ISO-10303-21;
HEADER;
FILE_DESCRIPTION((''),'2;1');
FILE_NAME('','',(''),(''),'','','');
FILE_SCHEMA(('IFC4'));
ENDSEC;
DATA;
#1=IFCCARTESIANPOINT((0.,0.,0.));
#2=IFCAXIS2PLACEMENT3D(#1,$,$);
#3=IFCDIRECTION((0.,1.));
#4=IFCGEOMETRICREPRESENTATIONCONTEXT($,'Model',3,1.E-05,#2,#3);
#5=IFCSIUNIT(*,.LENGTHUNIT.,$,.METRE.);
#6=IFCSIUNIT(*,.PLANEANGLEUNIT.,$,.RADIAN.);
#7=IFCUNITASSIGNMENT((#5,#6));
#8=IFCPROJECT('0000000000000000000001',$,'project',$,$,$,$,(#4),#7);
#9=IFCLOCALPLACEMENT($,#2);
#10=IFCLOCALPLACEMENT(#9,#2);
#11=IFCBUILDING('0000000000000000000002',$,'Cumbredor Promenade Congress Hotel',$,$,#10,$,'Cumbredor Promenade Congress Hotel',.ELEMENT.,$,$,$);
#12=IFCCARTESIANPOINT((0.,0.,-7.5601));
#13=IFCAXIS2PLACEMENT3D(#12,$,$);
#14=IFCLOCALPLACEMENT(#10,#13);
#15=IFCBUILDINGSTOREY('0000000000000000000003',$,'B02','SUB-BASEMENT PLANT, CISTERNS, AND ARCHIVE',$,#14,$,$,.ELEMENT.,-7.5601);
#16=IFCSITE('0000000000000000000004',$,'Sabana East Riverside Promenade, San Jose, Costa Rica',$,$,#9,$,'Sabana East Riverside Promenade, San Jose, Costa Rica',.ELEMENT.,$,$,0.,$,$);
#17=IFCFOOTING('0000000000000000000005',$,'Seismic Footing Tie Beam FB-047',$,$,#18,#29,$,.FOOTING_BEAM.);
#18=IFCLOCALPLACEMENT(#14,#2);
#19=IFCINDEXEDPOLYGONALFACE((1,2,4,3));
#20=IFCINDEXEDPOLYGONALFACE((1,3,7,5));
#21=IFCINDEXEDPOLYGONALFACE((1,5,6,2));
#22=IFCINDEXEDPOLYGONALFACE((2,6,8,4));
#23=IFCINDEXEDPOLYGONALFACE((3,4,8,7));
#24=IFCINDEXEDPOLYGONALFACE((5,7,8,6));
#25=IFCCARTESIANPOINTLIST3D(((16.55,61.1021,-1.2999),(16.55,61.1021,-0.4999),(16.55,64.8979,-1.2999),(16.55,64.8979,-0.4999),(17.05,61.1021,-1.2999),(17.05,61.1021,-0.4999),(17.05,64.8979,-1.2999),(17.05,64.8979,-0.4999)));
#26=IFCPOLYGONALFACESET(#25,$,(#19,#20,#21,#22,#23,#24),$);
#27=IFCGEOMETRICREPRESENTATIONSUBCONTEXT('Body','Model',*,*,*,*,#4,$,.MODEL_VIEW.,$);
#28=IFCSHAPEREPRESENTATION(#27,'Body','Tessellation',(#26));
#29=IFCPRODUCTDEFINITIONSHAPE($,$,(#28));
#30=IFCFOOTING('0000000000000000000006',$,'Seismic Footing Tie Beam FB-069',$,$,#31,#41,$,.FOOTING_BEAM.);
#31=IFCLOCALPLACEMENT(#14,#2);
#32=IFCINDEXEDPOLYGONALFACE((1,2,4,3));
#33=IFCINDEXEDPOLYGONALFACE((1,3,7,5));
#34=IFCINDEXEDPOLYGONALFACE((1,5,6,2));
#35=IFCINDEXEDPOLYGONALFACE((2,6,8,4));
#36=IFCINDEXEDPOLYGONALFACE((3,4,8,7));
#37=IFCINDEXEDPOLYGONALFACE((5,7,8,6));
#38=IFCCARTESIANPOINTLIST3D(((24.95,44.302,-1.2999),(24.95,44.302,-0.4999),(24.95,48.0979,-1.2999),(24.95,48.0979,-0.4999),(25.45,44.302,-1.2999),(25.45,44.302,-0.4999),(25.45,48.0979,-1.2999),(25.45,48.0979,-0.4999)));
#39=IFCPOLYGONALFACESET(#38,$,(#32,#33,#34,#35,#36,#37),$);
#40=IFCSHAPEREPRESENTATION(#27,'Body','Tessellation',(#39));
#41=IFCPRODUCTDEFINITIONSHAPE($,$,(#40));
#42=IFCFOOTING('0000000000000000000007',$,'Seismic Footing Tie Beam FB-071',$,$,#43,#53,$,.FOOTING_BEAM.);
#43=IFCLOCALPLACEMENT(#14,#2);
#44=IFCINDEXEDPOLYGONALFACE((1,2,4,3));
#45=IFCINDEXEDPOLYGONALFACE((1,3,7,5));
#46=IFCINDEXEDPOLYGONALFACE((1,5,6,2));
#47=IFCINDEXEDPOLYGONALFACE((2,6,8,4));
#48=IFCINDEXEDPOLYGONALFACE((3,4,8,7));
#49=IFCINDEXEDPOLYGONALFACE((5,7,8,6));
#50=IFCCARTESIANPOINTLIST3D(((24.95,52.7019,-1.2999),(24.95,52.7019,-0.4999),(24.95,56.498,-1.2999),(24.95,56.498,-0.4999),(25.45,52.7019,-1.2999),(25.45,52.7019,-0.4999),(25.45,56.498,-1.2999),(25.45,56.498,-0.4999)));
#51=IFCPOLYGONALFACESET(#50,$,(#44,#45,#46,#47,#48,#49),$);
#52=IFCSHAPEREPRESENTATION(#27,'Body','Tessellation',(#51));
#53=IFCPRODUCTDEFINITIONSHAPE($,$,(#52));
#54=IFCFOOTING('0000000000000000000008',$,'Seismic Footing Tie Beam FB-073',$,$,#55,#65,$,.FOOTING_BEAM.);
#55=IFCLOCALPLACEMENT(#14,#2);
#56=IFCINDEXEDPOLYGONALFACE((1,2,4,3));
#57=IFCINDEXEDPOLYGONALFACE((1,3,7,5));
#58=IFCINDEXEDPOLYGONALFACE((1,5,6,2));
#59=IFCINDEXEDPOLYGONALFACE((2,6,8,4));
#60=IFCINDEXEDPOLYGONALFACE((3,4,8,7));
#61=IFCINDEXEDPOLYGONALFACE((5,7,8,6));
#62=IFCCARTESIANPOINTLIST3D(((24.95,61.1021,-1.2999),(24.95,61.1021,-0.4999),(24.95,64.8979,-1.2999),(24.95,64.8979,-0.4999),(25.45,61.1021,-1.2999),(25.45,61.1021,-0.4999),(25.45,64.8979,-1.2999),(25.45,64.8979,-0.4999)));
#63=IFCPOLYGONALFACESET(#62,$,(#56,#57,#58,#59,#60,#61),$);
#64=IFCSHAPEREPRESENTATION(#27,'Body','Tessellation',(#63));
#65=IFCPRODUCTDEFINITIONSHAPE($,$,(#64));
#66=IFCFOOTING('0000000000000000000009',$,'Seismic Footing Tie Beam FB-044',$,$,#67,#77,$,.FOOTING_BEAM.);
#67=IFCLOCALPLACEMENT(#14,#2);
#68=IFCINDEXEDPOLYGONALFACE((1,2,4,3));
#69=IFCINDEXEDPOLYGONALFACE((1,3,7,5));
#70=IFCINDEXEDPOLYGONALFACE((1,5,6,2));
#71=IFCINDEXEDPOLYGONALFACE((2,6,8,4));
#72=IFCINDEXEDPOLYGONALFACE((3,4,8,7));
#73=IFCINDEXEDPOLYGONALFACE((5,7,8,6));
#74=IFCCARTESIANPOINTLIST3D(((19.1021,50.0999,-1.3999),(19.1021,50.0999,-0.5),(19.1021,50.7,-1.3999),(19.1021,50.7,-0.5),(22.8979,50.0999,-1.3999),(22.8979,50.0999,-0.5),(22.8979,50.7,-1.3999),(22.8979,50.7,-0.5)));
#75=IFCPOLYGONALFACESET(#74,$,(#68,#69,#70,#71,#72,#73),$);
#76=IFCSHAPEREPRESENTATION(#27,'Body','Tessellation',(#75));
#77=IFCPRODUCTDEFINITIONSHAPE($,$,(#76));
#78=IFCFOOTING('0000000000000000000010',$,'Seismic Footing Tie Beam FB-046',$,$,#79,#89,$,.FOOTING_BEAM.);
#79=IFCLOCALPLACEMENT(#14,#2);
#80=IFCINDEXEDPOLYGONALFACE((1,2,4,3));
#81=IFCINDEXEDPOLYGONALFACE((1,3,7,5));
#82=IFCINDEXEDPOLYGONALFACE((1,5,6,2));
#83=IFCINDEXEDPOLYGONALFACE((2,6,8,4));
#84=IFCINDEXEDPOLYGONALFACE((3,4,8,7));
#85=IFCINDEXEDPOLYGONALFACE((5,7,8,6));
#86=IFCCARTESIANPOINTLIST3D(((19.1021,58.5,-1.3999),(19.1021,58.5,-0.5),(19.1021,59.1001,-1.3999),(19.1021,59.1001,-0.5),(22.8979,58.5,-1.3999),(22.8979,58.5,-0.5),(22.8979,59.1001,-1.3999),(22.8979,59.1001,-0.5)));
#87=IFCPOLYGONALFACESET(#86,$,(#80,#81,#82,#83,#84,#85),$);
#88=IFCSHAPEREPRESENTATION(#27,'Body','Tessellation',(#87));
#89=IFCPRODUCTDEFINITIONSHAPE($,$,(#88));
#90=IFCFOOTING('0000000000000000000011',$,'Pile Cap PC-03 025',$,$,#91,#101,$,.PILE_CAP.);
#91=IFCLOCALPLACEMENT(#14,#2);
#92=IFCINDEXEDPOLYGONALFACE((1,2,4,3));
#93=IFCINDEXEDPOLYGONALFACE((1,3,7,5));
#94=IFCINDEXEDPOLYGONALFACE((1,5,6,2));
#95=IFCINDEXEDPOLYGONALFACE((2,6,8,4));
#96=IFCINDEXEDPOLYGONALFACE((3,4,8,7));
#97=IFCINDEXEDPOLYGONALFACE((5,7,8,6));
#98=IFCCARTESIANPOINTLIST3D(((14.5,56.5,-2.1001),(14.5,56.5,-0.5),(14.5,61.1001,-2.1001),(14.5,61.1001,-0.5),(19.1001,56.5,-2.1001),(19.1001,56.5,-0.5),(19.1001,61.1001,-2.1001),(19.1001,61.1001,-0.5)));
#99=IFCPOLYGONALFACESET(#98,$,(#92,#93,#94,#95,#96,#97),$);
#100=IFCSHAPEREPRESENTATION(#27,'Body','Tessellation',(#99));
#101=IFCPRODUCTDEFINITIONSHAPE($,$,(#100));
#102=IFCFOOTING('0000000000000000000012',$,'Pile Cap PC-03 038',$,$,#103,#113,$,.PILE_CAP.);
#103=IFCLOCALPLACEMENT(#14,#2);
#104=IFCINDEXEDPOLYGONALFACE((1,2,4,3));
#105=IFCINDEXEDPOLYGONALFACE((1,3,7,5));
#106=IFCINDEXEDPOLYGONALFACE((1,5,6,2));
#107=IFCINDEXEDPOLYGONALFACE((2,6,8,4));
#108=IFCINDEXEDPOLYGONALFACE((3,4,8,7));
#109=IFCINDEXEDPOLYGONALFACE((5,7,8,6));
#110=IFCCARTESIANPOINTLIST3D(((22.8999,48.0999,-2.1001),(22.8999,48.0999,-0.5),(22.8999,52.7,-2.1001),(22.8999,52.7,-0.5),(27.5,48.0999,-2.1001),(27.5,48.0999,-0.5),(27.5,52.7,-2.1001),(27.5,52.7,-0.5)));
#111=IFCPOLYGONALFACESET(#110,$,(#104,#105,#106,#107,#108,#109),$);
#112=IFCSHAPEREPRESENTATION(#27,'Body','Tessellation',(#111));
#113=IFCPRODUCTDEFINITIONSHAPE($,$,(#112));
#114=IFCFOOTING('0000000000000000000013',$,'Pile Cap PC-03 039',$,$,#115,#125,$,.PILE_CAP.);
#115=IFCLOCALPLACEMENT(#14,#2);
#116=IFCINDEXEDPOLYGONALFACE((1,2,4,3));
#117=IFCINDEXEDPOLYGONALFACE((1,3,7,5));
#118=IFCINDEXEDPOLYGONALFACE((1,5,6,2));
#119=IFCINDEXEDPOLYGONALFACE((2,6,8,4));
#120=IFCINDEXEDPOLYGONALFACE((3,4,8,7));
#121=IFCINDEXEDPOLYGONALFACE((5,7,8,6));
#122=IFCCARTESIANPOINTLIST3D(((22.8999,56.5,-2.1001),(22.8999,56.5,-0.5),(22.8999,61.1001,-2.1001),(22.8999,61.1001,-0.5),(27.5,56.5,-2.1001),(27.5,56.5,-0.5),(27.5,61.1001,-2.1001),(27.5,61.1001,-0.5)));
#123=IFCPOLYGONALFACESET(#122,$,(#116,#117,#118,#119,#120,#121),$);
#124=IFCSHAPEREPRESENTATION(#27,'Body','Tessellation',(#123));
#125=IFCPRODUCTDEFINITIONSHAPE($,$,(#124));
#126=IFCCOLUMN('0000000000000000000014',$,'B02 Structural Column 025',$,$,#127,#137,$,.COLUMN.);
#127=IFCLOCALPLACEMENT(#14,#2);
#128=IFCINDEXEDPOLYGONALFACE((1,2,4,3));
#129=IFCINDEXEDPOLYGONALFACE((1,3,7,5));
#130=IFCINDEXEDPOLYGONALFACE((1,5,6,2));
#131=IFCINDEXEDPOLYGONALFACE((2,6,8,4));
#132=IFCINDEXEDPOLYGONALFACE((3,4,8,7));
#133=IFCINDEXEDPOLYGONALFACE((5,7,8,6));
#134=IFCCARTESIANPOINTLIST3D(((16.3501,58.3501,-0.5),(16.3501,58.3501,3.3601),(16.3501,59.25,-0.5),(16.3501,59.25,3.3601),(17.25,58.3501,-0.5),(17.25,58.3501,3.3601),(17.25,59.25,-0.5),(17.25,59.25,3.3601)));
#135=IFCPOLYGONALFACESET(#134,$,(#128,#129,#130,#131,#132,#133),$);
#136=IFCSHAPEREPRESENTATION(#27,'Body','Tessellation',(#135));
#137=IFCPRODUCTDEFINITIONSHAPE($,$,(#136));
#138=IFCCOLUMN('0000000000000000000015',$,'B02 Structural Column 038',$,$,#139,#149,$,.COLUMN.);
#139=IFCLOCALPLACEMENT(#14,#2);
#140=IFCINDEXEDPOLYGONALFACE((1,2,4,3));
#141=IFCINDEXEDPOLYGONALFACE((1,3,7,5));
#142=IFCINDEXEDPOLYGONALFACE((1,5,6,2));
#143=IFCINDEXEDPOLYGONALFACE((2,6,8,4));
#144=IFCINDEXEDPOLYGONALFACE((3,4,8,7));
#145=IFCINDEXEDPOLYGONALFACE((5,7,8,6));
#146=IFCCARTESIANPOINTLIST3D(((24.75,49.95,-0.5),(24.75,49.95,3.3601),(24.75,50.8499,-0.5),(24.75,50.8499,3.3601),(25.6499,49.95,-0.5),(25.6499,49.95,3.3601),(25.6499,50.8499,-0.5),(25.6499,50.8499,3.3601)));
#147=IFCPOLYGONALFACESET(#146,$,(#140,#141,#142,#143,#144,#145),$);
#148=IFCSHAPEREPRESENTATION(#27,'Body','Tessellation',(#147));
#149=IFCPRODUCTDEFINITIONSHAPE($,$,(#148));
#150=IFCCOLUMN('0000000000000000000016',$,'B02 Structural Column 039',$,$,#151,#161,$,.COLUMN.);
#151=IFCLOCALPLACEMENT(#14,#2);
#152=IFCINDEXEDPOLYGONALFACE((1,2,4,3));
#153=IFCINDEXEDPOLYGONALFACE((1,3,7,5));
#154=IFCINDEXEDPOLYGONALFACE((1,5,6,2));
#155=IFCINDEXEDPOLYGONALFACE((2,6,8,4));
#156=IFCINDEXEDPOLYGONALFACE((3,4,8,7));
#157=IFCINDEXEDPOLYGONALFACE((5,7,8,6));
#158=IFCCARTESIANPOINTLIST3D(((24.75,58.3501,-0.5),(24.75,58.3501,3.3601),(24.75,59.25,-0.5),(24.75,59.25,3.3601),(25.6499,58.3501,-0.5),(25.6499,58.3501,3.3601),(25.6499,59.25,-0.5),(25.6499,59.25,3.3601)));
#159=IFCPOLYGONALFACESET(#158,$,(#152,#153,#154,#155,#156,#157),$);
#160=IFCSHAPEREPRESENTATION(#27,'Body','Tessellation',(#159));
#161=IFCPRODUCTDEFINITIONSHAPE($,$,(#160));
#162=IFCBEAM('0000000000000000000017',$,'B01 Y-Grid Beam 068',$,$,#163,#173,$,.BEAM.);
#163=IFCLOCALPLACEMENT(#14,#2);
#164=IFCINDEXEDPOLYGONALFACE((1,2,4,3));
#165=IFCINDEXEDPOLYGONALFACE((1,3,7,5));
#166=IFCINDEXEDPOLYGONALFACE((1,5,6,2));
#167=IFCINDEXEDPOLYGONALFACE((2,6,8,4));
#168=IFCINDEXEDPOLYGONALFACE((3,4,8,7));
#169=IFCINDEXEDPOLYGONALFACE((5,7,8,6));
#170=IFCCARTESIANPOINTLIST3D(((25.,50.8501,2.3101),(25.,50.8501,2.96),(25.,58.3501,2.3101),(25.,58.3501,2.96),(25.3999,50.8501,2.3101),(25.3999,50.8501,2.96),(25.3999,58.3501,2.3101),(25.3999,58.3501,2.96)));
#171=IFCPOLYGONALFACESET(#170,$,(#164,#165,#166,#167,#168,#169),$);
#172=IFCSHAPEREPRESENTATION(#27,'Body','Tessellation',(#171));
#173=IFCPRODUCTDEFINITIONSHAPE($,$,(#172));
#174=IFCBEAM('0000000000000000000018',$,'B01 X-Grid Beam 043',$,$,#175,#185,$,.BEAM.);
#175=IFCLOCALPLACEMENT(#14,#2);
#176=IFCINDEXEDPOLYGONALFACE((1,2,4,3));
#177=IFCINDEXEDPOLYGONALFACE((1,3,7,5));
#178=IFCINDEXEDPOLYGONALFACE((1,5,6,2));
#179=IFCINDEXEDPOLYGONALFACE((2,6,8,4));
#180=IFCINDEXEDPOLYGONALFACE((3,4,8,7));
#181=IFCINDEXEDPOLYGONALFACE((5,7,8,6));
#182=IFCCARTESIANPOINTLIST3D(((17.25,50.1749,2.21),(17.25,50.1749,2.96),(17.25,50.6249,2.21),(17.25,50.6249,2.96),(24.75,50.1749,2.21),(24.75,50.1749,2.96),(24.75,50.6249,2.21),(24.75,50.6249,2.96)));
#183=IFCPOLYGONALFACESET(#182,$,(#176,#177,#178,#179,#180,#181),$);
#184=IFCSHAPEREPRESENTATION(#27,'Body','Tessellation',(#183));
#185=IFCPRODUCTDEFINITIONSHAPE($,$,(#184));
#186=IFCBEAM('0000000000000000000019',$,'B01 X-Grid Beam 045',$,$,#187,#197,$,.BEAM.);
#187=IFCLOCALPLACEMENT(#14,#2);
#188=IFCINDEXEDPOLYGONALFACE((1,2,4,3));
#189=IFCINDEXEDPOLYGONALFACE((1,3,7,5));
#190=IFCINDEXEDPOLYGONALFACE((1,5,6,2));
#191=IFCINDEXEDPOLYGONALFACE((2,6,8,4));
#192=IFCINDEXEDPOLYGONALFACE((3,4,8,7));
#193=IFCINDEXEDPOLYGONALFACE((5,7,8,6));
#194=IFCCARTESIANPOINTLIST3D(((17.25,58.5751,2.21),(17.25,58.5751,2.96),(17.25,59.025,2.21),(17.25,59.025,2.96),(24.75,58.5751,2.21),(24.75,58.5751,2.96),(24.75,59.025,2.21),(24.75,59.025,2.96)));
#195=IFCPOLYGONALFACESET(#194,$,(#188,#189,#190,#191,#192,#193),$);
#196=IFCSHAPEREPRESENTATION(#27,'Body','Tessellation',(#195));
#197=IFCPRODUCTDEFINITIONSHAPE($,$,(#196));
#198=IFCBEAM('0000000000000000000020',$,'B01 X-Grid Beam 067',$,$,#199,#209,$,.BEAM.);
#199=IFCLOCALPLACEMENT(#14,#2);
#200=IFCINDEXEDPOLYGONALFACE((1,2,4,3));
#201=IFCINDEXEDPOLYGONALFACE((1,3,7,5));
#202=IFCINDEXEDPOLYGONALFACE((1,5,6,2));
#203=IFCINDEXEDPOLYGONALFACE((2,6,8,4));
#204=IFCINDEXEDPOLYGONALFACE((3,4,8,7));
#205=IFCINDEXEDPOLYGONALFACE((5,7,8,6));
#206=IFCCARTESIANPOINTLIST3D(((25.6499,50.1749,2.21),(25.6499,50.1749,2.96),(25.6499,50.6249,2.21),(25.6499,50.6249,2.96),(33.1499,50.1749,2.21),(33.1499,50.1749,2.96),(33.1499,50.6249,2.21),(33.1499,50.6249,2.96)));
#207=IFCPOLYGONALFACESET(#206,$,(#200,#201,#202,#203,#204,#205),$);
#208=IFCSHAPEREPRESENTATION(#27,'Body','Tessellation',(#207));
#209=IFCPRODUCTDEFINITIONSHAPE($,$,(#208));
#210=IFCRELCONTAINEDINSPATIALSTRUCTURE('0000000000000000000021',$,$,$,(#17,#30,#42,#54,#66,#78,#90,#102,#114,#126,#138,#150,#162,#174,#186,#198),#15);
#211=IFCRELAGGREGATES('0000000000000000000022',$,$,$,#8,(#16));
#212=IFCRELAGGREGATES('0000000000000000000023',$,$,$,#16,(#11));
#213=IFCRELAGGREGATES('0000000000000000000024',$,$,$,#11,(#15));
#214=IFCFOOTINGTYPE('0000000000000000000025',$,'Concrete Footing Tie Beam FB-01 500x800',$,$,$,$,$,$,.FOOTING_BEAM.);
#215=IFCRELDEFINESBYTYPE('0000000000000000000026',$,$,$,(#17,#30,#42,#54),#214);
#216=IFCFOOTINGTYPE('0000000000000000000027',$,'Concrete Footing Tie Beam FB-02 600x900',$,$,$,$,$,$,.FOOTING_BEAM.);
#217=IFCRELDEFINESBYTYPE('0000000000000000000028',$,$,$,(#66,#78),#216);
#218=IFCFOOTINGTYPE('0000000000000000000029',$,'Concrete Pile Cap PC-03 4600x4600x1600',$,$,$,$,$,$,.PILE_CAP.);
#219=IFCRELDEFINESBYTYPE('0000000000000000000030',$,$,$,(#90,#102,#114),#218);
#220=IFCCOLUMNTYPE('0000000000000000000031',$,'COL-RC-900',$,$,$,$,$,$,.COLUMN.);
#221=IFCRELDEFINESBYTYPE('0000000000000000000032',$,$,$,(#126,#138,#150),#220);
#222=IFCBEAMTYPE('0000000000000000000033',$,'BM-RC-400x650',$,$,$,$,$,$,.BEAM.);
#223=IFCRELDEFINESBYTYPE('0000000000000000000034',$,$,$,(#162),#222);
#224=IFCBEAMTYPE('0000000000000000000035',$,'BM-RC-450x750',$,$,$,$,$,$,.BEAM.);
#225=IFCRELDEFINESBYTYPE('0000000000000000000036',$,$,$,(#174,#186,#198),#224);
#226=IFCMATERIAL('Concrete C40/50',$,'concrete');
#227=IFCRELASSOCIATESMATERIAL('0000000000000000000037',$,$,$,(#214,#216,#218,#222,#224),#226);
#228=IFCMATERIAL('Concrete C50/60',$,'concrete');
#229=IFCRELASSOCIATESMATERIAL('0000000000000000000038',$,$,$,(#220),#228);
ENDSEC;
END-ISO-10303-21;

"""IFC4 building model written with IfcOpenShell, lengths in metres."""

from ifc_helpers import new_model, si_unit, direction, frame, origin, origin_2d, place, context, subcontext, project, spatial, rectangle, extrude, material, material_profile, profile_set, type_object, element, save


model = new_model("IFC4")

# Units and contexts
model_context = context("Model", 3, precision=1e-05, world=origin(), true_north=direction((0.0, 1.0)))
body_context = subcontext(model_context, "Body", "Model", "MODEL_VIEW")
ifc_project = project(units=[si_unit("LENGTHUNIT", "METRE"), si_unit("PLANEANGLEUNIT", "RADIAN")], contexts=[model_context])

# Site, building, storey
site_placement = place(None, origin())
site = spatial("IfcSite", under=ifc_project, at=site_placement, Name="Sabana East Riverside Promenade, San Jose, Costa Rica", LongName="Sabana East Riverside Promenade, San Jose, Costa Rica", CompositionType="ELEMENT", RefElevation=0.0)
building_placement = place(site_placement, origin())
building = spatial("IfcBuilding", under=site, at=building_placement, Name="Cumbredor Promenade Congress Hotel", LongName="Cumbredor Promenade Congress Hotel", CompositionType="ELEMENT")
storey_placement = place(building_placement, frame((0.0, 0.0, -7.5601)))
storey = spatial("IfcBuildingStorey", under=building, at=storey_placement, Name="B02", Description="SUB-BASEMENT PLANT, CISTERNS, AND ARCHIVE", CompositionType="ELEMENT", Elevation=-7.5601)

# Shared definitions
ifc_material_1 = material(Name="Concrete C40/50", Category="concrete")

# Footings
ifc_material_profile_1 = material_profile(ifc_material_1, rectangle(XDim=0.5, YDim=0.8, at=origin_2d()), Name="FB 500x800")
ifc_profile_set_1 = profile_set([ifc_material_profile_1], Name="Concrete C40/50")
footing_type_1 = type_object("IfcFootingType", Name="Concrete Footing Tie Beam FB-01 500x800", PredefinedType="FOOTING_BEAM", material=ifc_profile_set_1)
for number, where, z_axis, x_axis, name in (
    (1, (16.8, 61.1021, -0.8999), (0.0, 1.0, 0.0), (-1.0, 0.0, 0.0), "Seismic Footing Tie Beam FB-047"),
    (2, (25.2, 44.302, -0.8999), (0.0, 1.0, 0.0), (-1.0, 0.0, 0.0), "Seismic Footing Tie Beam FB-069"),
):
    element("IfcFooting", number, at=place(storey_placement, frame(where, z_axis=z_axis, x_axis=x_axis)), inside=storey, type_object=footing_type_1, Name=name, PredefinedType="FOOTING_BEAM", context=body_context, shape_type="SweptSolid", body=[
        extrude(rectangle(XDim=0.5, YDim=0.8, at=origin_2d()), origin(), (0.0, 0.0, 1.0), 3.7959),
    ])
footing_1_placement = place(storey_placement, frame((25.2, 52.7019, -0.8999), z_axis=(0.0, 1.0, 0.0), x_axis=(-1.0, 0.0, 0.0)))
element("IfcFooting", 3, at=footing_1_placement, inside=storey, type_object=footing_type_1, Name="Seismic Footing Tie Beam FB-071", PredefinedType="FOOTING_BEAM", context=body_context, shape_type="SweptSolid", body=[
    extrude(rectangle(XDim=0.5, YDim=0.8, at=origin_2d()), origin(), (0.0, 0.0, 1.0), 3.7961),
])
footing_2_placement = place(storey_placement, frame((25.2, 61.1021, -0.8999), z_axis=(0.0, 1.0, 0.0), x_axis=(-1.0, 0.0, 0.0)))
element("IfcFooting", 4, at=footing_2_placement, inside=storey, type_object=footing_type_1, Name="Seismic Footing Tie Beam FB-073", PredefinedType="FOOTING_BEAM", context=body_context, shape_type="SweptSolid", body=[
    extrude(rectangle(XDim=0.5, YDim=0.8, at=origin_2d()), origin(), (0.0, 0.0, 1.0), 3.7959),
])
ifc_material_profile_2 = material_profile(ifc_material_1, rectangle(XDim=0.6001, YDim=0.8999, at=origin_2d()), Name="FB 600x900")
ifc_profile_set_2 = profile_set([ifc_material_profile_2], Name="Concrete C40/50")
footing_type_2 = type_object("IfcFootingType", Name="Concrete Footing Tie Beam FB-02 600x900", PredefinedType="FOOTING_BEAM", material=ifc_profile_set_2)
for number, where, z_axis, x_axis, name in (
    (5, (19.1021, 50.3999, -0.95), (1.0, 0.0, 0.0), (0.0, 1.0, 0.0), "Seismic Footing Tie Beam FB-044"),
    (6, (19.1021, 58.8, -0.95), (1.0, 0.0, 0.0), (0.0, 1.0, 0.0), "Seismic Footing Tie Beam FB-046"),
):
    element("IfcFooting", number, at=place(storey_placement, frame(where, z_axis=z_axis, x_axis=x_axis)), inside=storey, type_object=footing_type_2, Name=name, PredefinedType="FOOTING_BEAM", context=body_context, shape_type="SweptSolid", body=[
        extrude(rectangle(XDim=0.6001, YDim=0.8999, at=origin_2d()), origin(), (0.0, 0.0, 1.0), 3.7959),
    ])
footing_type_3 = type_object("IfcFootingType", Name="Concrete Pile Cap PC-03 4600x4600x1600", PredefinedType="PILE_CAP", material=ifc_material_1)
for number, where, z_axis, x_axis, name in (
    (7, (16.8, 58.8, -2.1001), (0.0, 0.0, 1.0), (1.0, 0.0, 0.0), "Pile Cap PC-03 025"),
    (8, (25.2, 50.3999, -2.1001), (0.0, 0.0, 1.0), (1.0, 0.0, 0.0), "Pile Cap PC-03 038"),
    (9, (25.2, 58.8, -2.1001), (0.0, 0.0, 1.0), (1.0, 0.0, 0.0), "Pile Cap PC-03 039"),
):
    element("IfcFooting", number, at=place(storey_placement, frame(where, z_axis=z_axis, x_axis=x_axis)), inside=storey, type_object=footing_type_3, Name=name, PredefinedType="PILE_CAP", context=body_context, shape_type="SweptSolid", body=[
        extrude(rectangle(XDim=4.6001, YDim=4.6001, at=origin_2d()), origin(), (0.0, 0.0, 1.0), 1.6001),
    ])

# Columns
ifc_material_2 = material(Name="Concrete C50/60", Category="concrete")
ifc_material_profile_3 = material_profile(ifc_material_2, rectangle(XDim=0.8999, YDim=0.8999, at=origin_2d()), Name="RC 900x900")
ifc_profile_set_3 = profile_set([ifc_material_profile_3], Name="Concrete C50/60")
column_type = type_object("IfcColumnType", Name="COL-RC-900", PredefinedType="COLUMN", material=ifc_profile_set_3)
for number, where, z_axis, x_axis, name in (
    (10, (16.8, 58.8, -0.5), (0.0, 0.0, 1.0), (1.0, 0.0, 0.0), "B02 Structural Column 025"),
    (11, (25.2, 50.3999, -0.5), (0.0, 0.0, 1.0), (1.0, 0.0, 0.0), "B02 Structural Column 038"),
    (12, (25.2, 58.8, -0.5), (0.0, 0.0, 1.0), (1.0, 0.0, 0.0), "B02 Structural Column 039"),
):
    element("IfcColumn", number, at=place(storey_placement, frame(where, z_axis=z_axis, x_axis=x_axis)), inside=storey, type_object=column_type, Name=name, PredefinedType="COLUMN", context=body_context, shape_type="SweptSolid", body=[
        extrude(rectangle(XDim=0.8999, YDim=0.8999, at=origin_2d()), origin(), (0.0, 0.0, 1.0), 3.8601),
    ])

# Beams
ifc_material_profile_4 = material_profile(ifc_material_1, rectangle(XDim=0.3999, YDim=0.6499, at=origin_2d()), Name="RC BEAM 400x650")
ifc_profile_set_4 = profile_set([ifc_material_profile_4], Name="Concrete C40/50")
beam_type_1 = type_object("IfcBeamType", Name="BM-RC-400x650", PredefinedType="BEAM", material=ifc_profile_set_4)
beam_1_placement = place(storey_placement, frame((25.2, 50.8501, 2.635), z_axis=(0.0, 1.0, 0.0), x_axis=(-1.0, 0.0, 0.0)))
element("IfcBeam", 13, at=beam_1_placement, inside=storey, type_object=beam_type_1, Name="B01 Y-Grid Beam 068", PredefinedType="BEAM", context=body_context, shape_type="SweptSolid", body=[
    extrude(rectangle(XDim=0.3999, YDim=0.6499, at=origin_2d()), origin(), (0.0, 0.0, 1.0), 7.5),
])
ifc_material_profile_5 = material_profile(ifc_material_1, rectangle(XDim=0.45, YDim=0.75, at=origin_2d()), Name="RC BEAM 450x750")
ifc_profile_set_5 = profile_set([ifc_material_profile_5], Name="Concrete C40/50")
beam_type_2 = type_object("IfcBeamType", Name="BM-RC-450x750", PredefinedType="BEAM", material=ifc_profile_set_5)
for number, where, z_axis, x_axis, name in (
    (14, (17.25, 50.3999, 2.585), (1.0, 0.0, 0.0), (0.0, 1.0, 0.0), "B01 X-Grid Beam 043"),
    (15, (17.25, 58.8, 2.585), (1.0, 0.0, 0.0), (0.0, 1.0, 0.0), "B01 X-Grid Beam 045"),
    (16, (25.6499, 50.3999, 2.585), (1.0, 0.0, 0.0), (0.0, 1.0, 0.0), "B01 X-Grid Beam 067"),
):
    element("IfcBeam", number, at=place(storey_placement, frame(where, z_axis=z_axis, x_axis=x_axis)), inside=storey, type_object=beam_type_2, Name=name, PredefinedType="BEAM", context=body_context, shape_type="SweptSolid", body=[
        extrude(rectangle(XDim=0.45, YDim=0.75, at=origin_2d()), origin(), (0.0, 0.0, 1.0), 7.5),
    ])

save(model, "model.ifc")
